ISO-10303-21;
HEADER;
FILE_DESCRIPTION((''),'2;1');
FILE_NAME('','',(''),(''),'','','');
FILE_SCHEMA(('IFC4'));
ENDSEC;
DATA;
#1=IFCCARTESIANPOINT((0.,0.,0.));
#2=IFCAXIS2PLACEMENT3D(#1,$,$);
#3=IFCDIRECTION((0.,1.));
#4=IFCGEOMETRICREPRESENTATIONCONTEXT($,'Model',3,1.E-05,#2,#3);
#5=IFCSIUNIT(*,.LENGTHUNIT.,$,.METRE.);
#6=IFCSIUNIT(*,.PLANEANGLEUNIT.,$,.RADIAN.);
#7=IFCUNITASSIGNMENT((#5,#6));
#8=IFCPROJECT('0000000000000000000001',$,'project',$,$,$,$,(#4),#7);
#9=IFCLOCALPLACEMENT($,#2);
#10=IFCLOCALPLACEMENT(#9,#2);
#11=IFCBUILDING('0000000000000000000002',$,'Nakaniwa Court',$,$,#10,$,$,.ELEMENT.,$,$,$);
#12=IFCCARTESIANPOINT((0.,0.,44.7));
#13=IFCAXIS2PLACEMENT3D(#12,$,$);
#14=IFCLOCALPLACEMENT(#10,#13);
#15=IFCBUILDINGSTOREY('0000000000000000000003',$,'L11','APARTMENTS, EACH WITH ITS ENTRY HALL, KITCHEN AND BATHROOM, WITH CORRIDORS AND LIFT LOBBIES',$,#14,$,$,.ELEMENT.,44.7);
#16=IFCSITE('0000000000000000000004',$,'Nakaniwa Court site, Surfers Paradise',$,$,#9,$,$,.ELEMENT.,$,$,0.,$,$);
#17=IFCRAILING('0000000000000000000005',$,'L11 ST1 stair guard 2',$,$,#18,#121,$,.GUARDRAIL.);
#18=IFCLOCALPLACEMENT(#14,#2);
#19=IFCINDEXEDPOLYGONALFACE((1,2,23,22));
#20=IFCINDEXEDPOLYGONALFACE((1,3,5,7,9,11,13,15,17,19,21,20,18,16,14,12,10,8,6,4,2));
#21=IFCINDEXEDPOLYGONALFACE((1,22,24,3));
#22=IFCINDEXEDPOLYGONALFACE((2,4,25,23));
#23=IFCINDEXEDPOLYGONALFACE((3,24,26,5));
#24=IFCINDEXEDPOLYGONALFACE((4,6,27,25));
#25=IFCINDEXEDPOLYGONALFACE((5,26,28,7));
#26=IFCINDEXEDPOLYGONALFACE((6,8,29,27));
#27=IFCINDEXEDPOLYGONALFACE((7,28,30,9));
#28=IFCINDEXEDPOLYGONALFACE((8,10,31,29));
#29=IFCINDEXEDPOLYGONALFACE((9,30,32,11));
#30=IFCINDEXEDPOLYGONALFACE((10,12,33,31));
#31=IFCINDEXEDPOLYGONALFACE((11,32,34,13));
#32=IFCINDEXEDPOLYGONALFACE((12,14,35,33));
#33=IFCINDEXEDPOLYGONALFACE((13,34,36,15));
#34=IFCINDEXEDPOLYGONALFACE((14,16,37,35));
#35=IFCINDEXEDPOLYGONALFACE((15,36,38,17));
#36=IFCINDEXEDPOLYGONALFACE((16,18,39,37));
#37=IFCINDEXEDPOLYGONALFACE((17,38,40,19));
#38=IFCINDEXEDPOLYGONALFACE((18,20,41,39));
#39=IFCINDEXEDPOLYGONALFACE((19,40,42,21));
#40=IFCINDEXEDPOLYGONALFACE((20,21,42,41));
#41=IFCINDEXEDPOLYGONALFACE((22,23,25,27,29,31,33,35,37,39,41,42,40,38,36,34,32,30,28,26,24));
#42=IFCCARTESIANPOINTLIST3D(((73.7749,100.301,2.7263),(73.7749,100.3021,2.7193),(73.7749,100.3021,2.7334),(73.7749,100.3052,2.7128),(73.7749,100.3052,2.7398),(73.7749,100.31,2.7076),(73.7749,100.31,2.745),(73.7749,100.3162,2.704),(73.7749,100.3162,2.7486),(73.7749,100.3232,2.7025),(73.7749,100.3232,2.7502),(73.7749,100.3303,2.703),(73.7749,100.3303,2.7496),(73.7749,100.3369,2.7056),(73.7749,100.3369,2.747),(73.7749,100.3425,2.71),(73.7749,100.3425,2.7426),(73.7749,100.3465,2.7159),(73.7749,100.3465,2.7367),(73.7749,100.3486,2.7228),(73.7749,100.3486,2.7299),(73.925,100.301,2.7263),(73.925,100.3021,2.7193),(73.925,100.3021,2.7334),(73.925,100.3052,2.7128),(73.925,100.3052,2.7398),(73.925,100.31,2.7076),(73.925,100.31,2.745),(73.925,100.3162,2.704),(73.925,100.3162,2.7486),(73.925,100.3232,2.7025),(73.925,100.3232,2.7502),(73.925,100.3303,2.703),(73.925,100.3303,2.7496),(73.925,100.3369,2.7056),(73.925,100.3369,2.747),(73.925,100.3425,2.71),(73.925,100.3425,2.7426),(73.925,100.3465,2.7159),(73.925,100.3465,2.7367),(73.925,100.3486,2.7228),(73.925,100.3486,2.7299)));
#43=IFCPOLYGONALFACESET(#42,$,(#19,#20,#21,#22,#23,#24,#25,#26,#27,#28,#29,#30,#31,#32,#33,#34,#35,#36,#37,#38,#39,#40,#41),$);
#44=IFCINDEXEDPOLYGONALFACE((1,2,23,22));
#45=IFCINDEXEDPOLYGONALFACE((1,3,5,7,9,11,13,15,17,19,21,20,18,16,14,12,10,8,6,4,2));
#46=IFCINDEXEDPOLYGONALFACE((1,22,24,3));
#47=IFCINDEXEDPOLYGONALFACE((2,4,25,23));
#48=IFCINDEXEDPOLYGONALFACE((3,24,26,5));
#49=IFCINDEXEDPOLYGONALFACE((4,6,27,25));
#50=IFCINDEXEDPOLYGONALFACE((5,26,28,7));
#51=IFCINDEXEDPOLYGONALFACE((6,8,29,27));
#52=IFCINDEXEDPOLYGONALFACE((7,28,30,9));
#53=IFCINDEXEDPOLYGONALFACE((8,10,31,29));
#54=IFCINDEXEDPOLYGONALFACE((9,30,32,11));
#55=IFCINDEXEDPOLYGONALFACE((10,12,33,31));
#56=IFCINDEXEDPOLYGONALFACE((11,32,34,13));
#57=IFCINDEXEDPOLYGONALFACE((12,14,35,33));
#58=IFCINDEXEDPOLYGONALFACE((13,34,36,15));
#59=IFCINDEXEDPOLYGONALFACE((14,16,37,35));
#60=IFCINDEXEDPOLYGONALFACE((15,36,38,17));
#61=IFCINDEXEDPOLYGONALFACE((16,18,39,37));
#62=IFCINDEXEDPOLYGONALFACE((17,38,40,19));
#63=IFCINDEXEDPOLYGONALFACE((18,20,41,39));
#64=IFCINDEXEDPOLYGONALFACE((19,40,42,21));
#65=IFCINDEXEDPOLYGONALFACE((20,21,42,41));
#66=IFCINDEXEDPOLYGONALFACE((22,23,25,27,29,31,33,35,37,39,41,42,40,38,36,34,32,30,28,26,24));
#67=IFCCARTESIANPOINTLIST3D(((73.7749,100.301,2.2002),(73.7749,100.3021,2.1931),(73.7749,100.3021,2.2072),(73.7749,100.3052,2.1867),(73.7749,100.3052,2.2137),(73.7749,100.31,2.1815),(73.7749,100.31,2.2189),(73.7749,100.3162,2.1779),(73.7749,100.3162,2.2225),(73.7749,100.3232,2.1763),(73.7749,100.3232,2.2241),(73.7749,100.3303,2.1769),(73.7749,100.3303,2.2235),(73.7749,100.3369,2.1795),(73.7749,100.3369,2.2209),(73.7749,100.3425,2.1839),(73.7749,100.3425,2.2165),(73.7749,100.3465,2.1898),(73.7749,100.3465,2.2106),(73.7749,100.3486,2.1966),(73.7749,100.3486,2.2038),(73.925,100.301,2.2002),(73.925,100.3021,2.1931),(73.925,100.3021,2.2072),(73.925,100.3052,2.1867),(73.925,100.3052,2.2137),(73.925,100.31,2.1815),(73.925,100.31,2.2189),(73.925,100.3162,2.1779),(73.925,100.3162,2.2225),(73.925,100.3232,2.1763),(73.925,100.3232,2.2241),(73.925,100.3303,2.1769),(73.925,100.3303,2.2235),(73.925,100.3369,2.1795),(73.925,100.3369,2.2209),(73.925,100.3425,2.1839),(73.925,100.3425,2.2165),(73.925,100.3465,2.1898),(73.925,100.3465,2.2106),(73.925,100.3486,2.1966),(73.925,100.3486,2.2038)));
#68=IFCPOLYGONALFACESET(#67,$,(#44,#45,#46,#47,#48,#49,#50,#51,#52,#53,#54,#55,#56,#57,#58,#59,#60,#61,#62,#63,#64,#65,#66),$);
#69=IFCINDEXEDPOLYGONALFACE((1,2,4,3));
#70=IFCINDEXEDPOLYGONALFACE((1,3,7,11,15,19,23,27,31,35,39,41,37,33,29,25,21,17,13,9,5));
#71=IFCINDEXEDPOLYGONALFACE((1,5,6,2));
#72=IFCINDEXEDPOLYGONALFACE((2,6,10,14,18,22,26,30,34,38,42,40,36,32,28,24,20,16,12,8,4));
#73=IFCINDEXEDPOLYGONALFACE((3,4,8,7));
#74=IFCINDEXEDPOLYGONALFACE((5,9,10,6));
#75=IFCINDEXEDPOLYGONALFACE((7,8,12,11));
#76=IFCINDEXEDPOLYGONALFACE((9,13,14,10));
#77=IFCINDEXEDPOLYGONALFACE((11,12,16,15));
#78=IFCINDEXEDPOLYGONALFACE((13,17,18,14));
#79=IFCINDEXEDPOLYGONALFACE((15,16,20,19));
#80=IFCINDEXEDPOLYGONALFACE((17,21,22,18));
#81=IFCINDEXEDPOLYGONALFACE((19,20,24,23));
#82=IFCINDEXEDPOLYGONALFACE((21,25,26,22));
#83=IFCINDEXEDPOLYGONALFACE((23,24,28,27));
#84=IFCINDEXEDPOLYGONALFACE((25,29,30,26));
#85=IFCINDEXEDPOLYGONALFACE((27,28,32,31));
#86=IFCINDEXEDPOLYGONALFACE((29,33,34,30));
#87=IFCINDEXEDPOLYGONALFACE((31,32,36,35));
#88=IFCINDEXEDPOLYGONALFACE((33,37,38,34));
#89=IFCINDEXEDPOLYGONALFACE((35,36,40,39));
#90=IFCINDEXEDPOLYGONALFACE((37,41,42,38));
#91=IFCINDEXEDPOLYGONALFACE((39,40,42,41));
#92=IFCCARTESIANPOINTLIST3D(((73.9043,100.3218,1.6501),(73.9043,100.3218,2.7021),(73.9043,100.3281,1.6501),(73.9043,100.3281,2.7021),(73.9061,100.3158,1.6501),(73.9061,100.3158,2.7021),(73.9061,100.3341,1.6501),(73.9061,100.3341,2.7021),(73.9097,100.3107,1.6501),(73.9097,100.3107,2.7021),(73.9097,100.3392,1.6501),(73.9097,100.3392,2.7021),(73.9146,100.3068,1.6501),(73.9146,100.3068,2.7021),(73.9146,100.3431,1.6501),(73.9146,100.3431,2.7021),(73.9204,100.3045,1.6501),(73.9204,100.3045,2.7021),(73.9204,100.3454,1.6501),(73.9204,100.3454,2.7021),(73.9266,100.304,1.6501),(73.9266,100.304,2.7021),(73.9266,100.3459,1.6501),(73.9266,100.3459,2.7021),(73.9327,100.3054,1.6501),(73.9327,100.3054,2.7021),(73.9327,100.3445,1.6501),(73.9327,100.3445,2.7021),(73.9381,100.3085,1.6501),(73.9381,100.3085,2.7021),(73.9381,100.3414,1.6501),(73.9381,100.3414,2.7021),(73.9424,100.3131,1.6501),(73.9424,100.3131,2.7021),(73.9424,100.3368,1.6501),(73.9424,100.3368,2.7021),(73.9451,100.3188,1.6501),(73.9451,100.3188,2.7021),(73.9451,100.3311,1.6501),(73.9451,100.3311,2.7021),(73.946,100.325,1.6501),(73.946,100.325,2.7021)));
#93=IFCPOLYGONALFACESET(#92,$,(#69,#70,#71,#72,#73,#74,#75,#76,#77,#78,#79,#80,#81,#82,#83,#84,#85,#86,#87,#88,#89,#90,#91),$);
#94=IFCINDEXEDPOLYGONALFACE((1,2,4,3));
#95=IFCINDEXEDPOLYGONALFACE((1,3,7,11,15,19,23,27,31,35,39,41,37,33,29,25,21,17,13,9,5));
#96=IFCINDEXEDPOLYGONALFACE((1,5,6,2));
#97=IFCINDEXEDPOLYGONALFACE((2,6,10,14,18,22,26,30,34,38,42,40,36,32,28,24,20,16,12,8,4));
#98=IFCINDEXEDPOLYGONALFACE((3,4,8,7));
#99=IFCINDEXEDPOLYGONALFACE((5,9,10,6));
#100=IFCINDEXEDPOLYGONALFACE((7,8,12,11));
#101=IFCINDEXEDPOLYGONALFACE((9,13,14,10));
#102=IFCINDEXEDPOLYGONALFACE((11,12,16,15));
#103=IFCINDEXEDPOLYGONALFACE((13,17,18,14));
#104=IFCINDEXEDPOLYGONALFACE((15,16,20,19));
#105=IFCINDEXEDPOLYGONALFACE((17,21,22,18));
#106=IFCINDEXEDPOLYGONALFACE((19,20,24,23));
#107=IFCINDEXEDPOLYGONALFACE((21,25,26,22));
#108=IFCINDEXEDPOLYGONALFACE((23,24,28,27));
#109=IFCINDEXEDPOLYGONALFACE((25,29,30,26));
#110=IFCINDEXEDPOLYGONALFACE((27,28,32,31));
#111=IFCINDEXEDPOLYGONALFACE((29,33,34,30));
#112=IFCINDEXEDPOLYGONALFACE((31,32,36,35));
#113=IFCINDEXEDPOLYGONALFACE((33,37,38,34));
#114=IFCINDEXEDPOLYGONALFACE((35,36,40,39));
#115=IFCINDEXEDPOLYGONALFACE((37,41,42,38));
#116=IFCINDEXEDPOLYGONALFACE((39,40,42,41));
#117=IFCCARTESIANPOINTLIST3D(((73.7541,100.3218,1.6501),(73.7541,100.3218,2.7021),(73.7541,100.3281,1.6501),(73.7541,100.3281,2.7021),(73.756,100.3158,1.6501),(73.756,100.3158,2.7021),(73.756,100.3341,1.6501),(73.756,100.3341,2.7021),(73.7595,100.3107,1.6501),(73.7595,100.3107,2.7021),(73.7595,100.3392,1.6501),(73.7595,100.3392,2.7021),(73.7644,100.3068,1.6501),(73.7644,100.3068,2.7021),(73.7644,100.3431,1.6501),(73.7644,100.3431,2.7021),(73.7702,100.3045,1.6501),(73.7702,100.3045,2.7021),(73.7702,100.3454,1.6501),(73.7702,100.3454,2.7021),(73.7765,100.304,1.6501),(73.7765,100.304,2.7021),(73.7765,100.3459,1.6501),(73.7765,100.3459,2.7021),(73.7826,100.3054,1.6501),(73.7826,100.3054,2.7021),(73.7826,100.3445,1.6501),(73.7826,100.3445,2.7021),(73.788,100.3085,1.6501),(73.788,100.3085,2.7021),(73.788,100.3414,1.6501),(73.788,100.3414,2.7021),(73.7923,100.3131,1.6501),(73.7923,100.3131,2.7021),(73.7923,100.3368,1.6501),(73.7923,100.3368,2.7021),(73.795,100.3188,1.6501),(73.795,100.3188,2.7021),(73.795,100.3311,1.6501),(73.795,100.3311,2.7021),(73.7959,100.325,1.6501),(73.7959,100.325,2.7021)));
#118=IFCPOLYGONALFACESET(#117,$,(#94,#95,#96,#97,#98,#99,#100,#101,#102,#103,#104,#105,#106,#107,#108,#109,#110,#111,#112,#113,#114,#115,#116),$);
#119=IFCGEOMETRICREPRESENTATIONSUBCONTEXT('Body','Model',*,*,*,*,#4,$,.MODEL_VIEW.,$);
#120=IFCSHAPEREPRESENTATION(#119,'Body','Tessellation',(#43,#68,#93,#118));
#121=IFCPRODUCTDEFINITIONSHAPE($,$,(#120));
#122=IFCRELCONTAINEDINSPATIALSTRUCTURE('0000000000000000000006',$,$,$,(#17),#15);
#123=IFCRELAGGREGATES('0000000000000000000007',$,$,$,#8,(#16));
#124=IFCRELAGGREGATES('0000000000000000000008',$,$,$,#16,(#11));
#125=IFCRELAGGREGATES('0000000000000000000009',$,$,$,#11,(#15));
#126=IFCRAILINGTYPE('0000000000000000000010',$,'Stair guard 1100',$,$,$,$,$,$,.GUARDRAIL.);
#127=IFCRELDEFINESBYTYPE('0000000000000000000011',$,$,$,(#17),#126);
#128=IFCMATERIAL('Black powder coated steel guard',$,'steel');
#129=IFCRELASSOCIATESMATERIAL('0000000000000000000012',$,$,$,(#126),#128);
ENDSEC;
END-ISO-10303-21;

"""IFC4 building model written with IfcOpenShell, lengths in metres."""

from ifc_helpers import new_model, si_unit, direction, frame, origin, origin_2d, place, context, subcontext, project, spatial, circle, extrude, material, type_object, element, save


model = new_model("IFC4")

# Units and contexts
model_context = context("Model", 3, precision=1e-05, world=origin(), true_north=direction((0.0, 1.0)))
body_context = subcontext(model_context, "Body", "Model", "MODEL_VIEW")
ifc_project = project(units=[si_unit("LENGTHUNIT", "METRE"), si_unit("PLANEANGLEUNIT", "RADIAN")], contexts=[model_context])

# Site, building, storey
site_placement = place(None, origin())
site = spatial("IfcSite", under=ifc_project, at=site_placement, Name="Nakaniwa Court site, Surfers Paradise", CompositionType="ELEMENT", RefElevation=0.0)
building_placement = place(site_placement, origin())
building = spatial("IfcBuilding", under=site, at=building_placement, Name="Nakaniwa Court", CompositionType="ELEMENT")
storey_placement = place(building_placement, frame((0.0, 0.0, 44.7)))
storey = spatial("IfcBuildingStorey", under=building, at=storey_placement, Name="L11", Description="APARTMENTS, EACH WITH ITS ENTRY HALL, KITCHEN AND BATHROOM, WITH CORRIDORS AND LIFT LOBBIES", CompositionType="ELEMENT", Elevation=44.7)

# Railing
ifc_material_1 = material(Name="Black powder coated steel guard", Category="steel")
railing_type_1 = type_object("IfcRailingType", Name="Stair guard 1100", PredefinedType="GUARDRAIL", material=ifc_material_1)
railing_1_placement = place(storey_placement, frame((73.925, 100.325, 1.6501)))
element("IfcRailing", 1, at=railing_1_placement, inside=storey, type_object=railing_type_1, Name="L11 ST1 stair guard 2", PredefinedType="GUARDRAIL", context=body_context, shape_type="SweptSolid", body=[
    extrude(circle(Radius=0.0239, at=origin_2d()), frame((0.0, 0.0, 1.0762), z_axis=(-1.0, 0.0, 0.0), x_axis=(0.0, -1.0, 0.0)), (0.0, 0.0, 1.0), 0.1501),
    extrude(circle(Radius=0.0239, at=origin_2d()), frame((0.0, 0.0, 0.55), z_axis=(-1.0, 0.0, 0.0), x_axis=(0.0, -1.0, 0.0)), (0.0, 0.0, 1.0), 0.1501),
    extrude(circle(Radius=0.021, at=origin_2d()), origin(), (0.0, 0.0, 1.0), 1.052),
    extrude(circle(Radius=0.021, at=origin_2d()), frame((-0.1501, 0.0, 0.0)), (0.0, 0.0, 1.0), 1.052),
])

save(model, "model.ifc")
